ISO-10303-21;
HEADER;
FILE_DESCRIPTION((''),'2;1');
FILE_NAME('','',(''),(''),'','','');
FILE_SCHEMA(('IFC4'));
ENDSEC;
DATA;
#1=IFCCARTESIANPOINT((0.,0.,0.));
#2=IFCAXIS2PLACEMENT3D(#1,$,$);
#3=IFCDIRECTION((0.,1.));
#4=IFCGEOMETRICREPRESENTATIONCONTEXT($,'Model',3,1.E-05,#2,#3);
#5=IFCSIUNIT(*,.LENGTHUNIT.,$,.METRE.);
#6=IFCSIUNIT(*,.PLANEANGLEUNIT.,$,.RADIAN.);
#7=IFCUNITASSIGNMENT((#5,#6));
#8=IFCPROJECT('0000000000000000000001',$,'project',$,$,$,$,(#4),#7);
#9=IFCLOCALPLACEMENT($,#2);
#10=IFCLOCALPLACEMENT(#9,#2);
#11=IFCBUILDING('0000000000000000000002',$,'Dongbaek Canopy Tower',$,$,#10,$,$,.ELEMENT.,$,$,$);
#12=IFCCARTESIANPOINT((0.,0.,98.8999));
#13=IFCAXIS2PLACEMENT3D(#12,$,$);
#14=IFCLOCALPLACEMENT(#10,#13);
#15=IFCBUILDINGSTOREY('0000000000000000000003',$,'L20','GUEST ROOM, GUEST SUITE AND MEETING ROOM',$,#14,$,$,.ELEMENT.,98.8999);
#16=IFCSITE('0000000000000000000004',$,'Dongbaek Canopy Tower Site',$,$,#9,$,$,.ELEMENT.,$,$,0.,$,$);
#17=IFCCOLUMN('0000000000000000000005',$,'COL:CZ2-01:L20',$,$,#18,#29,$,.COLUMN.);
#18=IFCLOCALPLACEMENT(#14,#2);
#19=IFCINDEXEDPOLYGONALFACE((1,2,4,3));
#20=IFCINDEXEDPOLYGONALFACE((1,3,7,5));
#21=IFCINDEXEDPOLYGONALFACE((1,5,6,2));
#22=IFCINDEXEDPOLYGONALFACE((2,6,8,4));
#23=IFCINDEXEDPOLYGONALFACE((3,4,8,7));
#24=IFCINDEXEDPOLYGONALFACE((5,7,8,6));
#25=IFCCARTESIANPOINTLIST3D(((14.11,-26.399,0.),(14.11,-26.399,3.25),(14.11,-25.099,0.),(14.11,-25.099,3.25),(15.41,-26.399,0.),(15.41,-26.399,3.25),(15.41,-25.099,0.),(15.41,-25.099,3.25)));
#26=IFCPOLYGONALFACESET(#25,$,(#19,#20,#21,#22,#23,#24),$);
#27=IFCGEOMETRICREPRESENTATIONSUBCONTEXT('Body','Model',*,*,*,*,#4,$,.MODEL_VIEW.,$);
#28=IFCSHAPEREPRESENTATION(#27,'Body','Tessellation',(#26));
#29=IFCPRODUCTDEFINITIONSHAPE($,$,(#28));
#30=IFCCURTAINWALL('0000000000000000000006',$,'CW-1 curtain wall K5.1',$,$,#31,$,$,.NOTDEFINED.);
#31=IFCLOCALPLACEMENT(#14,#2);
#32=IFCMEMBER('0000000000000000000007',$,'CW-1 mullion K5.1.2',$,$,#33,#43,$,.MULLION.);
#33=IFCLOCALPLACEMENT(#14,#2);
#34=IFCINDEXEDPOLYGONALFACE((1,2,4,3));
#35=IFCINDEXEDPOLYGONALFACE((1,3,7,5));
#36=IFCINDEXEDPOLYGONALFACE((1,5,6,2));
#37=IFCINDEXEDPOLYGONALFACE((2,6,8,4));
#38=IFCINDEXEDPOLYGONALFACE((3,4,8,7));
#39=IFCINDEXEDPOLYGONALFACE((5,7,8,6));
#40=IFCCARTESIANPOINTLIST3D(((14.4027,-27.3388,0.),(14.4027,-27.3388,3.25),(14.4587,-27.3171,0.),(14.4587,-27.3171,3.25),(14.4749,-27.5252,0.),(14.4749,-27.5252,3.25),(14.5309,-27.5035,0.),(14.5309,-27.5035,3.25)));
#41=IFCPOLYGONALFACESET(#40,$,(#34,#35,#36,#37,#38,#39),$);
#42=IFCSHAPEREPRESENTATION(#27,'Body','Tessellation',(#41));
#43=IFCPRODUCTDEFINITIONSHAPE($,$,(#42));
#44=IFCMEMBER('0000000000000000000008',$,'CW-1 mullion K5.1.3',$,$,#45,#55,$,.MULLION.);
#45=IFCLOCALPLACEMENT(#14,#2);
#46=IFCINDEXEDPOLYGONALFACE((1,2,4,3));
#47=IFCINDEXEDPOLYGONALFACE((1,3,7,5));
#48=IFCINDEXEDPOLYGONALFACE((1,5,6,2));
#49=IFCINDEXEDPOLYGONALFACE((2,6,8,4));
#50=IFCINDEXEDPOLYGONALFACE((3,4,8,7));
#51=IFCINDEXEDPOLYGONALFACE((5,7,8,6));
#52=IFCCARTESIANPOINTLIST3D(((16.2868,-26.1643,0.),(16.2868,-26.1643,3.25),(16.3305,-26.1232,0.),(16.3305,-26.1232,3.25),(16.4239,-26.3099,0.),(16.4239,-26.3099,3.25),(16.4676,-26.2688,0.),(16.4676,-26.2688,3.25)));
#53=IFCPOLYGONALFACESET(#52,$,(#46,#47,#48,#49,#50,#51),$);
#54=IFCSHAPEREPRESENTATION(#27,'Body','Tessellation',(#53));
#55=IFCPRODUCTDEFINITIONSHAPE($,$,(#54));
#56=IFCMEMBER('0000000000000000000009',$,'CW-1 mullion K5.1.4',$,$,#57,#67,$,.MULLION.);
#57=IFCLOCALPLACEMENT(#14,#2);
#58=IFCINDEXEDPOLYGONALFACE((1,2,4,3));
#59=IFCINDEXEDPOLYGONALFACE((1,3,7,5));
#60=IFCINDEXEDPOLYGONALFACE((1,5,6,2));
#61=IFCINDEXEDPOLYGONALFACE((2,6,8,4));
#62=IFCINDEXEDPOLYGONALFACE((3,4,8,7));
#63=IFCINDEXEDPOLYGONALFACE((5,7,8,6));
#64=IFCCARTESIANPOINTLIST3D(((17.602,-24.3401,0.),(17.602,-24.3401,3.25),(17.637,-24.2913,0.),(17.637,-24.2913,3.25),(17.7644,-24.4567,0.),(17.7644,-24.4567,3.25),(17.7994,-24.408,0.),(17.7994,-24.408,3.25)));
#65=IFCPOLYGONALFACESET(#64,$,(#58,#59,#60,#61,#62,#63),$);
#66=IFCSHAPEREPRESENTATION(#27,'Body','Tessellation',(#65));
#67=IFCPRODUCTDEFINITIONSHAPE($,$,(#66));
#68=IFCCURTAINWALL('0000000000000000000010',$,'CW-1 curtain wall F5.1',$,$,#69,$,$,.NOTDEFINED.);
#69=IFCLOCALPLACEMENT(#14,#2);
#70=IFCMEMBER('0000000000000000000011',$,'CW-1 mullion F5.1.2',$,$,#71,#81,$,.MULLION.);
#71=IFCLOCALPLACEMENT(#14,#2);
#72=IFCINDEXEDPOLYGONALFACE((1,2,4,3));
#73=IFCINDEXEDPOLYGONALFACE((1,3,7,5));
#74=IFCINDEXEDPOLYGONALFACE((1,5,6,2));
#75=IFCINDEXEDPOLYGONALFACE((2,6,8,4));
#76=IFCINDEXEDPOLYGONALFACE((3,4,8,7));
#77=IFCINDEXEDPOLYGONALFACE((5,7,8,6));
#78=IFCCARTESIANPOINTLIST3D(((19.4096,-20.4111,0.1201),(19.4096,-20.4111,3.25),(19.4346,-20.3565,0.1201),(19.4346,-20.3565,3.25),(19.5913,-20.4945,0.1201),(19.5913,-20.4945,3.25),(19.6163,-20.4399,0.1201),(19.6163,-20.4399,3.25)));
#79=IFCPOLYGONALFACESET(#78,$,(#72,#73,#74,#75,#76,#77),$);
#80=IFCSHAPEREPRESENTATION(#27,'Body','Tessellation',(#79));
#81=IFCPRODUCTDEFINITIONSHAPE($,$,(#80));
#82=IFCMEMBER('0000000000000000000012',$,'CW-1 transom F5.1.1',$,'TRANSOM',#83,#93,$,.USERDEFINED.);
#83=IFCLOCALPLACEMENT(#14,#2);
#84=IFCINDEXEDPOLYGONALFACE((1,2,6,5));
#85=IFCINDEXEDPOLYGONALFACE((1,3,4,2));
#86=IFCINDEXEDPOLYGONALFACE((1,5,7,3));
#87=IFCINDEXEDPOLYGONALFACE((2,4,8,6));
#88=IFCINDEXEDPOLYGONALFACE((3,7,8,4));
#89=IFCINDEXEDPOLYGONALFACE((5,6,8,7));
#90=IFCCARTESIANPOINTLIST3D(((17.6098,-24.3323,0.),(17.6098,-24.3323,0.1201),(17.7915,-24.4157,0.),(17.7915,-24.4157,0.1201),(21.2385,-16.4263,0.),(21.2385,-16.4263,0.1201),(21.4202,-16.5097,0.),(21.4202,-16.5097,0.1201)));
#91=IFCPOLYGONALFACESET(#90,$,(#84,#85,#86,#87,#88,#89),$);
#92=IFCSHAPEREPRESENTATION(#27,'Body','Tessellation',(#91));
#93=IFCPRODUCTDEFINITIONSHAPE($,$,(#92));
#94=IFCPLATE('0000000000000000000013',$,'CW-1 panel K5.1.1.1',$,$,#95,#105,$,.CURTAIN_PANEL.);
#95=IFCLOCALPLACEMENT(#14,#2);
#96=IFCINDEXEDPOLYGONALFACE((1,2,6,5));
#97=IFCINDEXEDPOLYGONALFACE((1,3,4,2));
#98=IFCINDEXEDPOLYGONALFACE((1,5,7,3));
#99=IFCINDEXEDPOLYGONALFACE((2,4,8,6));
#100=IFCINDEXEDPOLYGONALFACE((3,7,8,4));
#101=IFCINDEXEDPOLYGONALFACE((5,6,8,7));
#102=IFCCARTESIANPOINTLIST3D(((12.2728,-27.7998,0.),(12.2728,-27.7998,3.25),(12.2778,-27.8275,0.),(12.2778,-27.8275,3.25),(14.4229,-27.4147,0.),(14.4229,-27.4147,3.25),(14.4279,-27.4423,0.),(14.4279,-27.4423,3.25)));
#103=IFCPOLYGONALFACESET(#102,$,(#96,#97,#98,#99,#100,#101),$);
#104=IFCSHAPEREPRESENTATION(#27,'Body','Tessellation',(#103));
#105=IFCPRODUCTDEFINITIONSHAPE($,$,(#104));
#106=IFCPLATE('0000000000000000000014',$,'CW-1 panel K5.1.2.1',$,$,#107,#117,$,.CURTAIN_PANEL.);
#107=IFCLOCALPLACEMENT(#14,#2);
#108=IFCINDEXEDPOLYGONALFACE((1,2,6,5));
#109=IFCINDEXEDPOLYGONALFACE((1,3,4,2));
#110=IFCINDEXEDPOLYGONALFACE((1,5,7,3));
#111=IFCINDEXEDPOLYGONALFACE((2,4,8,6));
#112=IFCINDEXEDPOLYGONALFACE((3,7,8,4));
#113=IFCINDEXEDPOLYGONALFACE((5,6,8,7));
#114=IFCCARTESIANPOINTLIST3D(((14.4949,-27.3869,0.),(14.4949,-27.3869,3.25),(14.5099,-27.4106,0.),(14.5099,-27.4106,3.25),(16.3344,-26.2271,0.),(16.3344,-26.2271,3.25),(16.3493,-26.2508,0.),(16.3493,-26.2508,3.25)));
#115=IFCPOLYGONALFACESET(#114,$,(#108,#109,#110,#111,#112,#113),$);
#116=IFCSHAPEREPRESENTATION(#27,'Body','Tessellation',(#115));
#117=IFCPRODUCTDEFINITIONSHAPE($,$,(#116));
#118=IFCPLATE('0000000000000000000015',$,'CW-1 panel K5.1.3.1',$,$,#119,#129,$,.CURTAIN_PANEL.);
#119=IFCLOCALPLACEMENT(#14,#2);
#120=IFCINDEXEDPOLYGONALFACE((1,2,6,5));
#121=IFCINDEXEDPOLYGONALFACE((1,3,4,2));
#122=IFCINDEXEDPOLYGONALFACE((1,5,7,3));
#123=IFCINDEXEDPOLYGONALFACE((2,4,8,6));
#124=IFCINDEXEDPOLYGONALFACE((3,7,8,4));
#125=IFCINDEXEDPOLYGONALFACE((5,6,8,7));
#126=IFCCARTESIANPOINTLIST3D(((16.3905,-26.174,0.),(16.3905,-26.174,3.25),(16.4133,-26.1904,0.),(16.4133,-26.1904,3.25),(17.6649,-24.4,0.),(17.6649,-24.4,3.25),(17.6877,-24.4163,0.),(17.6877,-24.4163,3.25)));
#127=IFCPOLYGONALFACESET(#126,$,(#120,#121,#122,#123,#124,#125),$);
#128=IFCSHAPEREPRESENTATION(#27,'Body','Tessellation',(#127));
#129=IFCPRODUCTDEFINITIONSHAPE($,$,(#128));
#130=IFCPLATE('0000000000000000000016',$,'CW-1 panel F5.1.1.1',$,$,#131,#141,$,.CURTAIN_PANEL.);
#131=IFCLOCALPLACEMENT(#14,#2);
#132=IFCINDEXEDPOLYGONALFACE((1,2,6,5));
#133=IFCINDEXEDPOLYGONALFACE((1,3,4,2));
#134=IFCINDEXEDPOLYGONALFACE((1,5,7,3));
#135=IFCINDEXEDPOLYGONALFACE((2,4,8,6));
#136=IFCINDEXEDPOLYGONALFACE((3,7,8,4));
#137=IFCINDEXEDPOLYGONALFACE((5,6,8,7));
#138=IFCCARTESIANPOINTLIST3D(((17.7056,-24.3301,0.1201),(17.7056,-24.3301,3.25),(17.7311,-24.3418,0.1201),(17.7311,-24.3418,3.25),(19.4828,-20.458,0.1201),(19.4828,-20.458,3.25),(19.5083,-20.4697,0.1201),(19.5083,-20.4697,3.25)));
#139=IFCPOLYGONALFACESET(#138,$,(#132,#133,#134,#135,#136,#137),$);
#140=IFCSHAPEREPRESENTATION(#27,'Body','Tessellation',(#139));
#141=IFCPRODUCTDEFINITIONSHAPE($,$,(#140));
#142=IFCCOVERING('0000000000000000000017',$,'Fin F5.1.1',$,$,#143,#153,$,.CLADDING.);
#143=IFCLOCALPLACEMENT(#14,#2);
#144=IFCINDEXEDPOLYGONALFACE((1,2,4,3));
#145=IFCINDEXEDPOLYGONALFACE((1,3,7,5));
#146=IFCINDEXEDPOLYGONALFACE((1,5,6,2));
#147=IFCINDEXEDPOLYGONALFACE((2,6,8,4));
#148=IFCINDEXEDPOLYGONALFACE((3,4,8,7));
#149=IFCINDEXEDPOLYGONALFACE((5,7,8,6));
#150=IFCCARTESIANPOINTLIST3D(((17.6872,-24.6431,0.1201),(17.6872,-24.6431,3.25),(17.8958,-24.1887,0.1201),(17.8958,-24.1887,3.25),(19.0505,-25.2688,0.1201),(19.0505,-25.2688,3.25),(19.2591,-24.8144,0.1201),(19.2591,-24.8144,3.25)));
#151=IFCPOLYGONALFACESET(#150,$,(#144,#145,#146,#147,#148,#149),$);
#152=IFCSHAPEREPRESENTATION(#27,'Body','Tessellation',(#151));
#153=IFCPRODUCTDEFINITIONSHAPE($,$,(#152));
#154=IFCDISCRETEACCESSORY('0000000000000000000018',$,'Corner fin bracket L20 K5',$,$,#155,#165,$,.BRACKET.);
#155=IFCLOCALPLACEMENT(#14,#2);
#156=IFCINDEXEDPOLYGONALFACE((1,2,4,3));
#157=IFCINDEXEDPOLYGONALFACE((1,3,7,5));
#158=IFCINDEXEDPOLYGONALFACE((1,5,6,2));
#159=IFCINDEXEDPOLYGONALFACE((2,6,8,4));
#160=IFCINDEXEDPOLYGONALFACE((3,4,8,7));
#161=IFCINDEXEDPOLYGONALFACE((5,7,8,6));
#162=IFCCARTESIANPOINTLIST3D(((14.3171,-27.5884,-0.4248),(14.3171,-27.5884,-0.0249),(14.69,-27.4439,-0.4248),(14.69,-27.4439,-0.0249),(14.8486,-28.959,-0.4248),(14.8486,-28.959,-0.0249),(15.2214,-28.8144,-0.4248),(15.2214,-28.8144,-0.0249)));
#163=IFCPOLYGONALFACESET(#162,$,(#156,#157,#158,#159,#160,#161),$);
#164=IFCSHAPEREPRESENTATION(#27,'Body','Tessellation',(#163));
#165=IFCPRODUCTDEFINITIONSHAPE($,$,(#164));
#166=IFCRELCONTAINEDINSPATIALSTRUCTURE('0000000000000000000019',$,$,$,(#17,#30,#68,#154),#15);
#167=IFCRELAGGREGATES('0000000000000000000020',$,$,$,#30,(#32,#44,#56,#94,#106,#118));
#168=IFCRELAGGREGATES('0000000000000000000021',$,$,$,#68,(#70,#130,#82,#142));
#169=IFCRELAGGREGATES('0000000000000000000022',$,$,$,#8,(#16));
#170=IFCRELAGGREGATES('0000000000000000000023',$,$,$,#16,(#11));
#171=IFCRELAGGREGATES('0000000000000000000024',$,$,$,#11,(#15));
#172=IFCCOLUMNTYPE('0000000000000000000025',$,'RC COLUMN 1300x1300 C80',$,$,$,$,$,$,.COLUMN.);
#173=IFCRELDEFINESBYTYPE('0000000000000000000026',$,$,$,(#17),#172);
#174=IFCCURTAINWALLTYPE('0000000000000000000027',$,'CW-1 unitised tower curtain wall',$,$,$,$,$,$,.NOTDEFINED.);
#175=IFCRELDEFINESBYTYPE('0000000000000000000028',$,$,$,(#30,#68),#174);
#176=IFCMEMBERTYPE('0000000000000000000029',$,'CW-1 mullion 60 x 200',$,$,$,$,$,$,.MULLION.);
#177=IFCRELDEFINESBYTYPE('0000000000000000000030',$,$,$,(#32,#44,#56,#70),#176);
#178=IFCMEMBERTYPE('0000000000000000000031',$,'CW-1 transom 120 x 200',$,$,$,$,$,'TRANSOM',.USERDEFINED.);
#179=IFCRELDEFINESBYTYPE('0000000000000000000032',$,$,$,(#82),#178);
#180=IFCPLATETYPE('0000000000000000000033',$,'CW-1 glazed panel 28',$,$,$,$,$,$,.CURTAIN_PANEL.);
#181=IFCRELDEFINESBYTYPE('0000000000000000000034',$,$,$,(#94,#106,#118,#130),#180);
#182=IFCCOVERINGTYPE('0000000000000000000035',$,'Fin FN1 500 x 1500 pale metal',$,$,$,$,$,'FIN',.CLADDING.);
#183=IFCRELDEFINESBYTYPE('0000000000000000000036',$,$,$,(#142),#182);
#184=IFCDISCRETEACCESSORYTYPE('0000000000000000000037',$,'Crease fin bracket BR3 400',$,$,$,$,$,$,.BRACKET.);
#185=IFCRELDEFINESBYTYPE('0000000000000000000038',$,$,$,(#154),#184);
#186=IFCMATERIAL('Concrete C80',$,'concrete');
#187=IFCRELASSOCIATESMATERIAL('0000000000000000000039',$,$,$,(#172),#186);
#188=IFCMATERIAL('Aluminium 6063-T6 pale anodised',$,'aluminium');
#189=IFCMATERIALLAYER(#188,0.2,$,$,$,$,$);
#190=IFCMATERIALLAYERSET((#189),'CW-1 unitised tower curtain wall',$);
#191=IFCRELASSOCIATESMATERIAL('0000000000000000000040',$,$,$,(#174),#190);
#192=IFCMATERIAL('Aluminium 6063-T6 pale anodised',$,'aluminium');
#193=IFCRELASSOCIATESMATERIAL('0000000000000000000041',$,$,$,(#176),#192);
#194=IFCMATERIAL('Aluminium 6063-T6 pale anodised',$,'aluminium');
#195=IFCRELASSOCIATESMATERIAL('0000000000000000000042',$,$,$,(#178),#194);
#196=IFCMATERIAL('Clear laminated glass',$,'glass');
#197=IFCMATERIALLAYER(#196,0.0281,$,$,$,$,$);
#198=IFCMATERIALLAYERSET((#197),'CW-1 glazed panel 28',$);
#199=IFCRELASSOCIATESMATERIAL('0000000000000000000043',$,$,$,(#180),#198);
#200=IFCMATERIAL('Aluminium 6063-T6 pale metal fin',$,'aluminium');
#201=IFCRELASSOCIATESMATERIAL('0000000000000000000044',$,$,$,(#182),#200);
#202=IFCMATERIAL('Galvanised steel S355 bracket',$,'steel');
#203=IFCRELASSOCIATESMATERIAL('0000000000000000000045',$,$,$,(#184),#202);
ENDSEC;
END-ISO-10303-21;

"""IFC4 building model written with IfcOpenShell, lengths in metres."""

from ifc_helpers import new_model, si_unit, direction, frame, origin, origin_2d, place, context, subcontext, project, spatial, rectangle, extrude, material, layer, layer_set, material_profile, profile_set, type_object, element, aggregate, save


model = new_model("IFC4")

# Units and contexts
model_context = context("Model", 3, precision=1e-05, world=origin(), true_north=direction((0.0, 1.0)))
body_context = subcontext(model_context, "Body", "Model", "MODEL_VIEW")
ifc_project = project(units=[si_unit("LENGTHUNIT", "METRE"), si_unit("PLANEANGLEUNIT", "RADIAN")], contexts=[model_context])

# Site, building, storey
site_placement = place(None, origin())
site = spatial("IfcSite", under=ifc_project, at=site_placement, Name="Dongbaek Canopy Tower Site", CompositionType="ELEMENT", RefElevation=0.0)
building_placement = place(site_placement, origin())
building = spatial("IfcBuilding", under=site, at=building_placement, Name="Dongbaek Canopy Tower", CompositionType="ELEMENT")
storey_placement = place(building_placement, frame((0.0, 0.0, 98.8999)))
storey = spatial("IfcBuildingStorey", under=building, at=storey_placement, Name="L20", Description="GUEST ROOM, GUEST SUITE AND MEETING ROOM", CompositionType="ELEMENT", Elevation=98.8999)

# Column
ifc_material_1 = material(Name="Concrete C80", Category="concrete")
ifc_material_profile_1 = material_profile(ifc_material_1, rectangle(XDim=1.3, YDim=1.3, at=origin_2d()), Name="RC COLUMN 1300x1300 C80")
ifc_profile_set_1 = profile_set([ifc_material_profile_1], Name="Concrete C80")
column_type = type_object("IfcColumnType", Name="RC COLUMN 1300x1300 C80", PredefinedType="COLUMN", material=ifc_profile_set_1)
column_placement = place(storey_placement, frame((14.76, -25.749, 0.0), z_axis=(0.0, 0.0, 1.0), x_axis=(1.0, 0.0, 0.0)))
element("IfcColumn", 1, at=column_placement, inside=storey, type_object=column_type, Name="COL:CZ2-01:L20", PredefinedType="COLUMN", context=body_context, shape_type="SweptSolid", body=[
    extrude(rectangle(XDim=1.3, YDim=1.3, at=origin_2d()), origin(), (0.0, 0.0, 1.0), 3.25),
])

# Curtain walls, members
ifc_material_2 = material(Name="Aluminium 6063-T6 pale anodised", Category="aluminium")
ifc_layer_1 = layer(ifc_material_2, 0.2)
ifc_layer_set_1 = layer_set([ifc_layer_1], Name="CW-1 unitised tower curtain wall")
curtain_wall_type = type_object("IfcCurtainWallType", Name="CW-1 unitised tower curtain wall", PredefinedType="NOTDEFINED", material=ifc_layer_set_1)
curtain_wall_1_placement = place(storey_placement, origin())
curtain_wall_1 = element("IfcCurtainWall", 2, at=curtain_wall_1_placement, inside=storey, type_object=curtain_wall_type, Name="CW-1 curtain wall K5.1", PredefinedType="NOTDEFINED")
ifc_material_3 = material(Name="Aluminium 6063-T6 pale anodised", Category="aluminium")
ifc_material_profile_2 = material_profile(ifc_material_3, rectangle(XDim=0.2, YDim=0.0601, at=origin_2d()), Name="CW-1 mullion 60 x 200")
ifc_profile_set_2 = profile_set([ifc_material_profile_2], Name="Aluminium 6063-T6 pale anodised")
member_type_1 = type_object("IfcMemberType", Name="CW-1 mullion 60 x 200", PredefinedType="MULLION", material=ifc_profile_set_2)
member_1_placement = place(storey_placement, frame((14.4668, -27.4211, 0.0), z_axis=(0.0, 0.0, 1.0), x_axis=(0.361519, -0.932365, 0.0)))
member_1 = element("IfcMember", 3, at=member_1_placement, type_object=member_type_1, Name="CW-1 mullion K5.1.2", PredefinedType="MULLION", context=body_context, shape_type="SweptSolid", body=[
    extrude(rectangle(XDim=0.2, YDim=0.0601, at=origin_2d()), origin(), (0.0, 0.0, 1.0), 3.25),
])
member_2_placement = place(storey_placement, frame((16.3772, -26.2166, 0.0), z_axis=(0.0, 0.0, 1.0), x_axis=(0.685439, -0.72813, 0.0)))
member_2 = element("IfcMember", 4, at=member_2_placement, type_object=member_type_1, Name="CW-1 mullion K5.1.3", PredefinedType="MULLION", context=body_context, shape_type="SweptSolid", body=[
    extrude(rectangle(XDim=0.2, YDim=0.0601, at=origin_2d()), origin(), (0.0, 0.0, 1.0), 3.25),
])
member_3_placement = place(storey_placement, frame((17.7007, -24.374, 0.0), z_axis=(0.0, 0.0, 1.0), x_axis=(0.812169, -0.583422, 0.0)))
member_3 = element("IfcMember", 5, at=member_3_placement, type_object=member_type_1, Name="CW-1 mullion K5.1.4", PredefinedType="MULLION", context=body_context, shape_type="SweptSolid", body=[
    extrude(rectangle(XDim=0.2, YDim=0.0601, at=origin_2d()), origin(), (0.0, 0.0, 1.0), 3.25),
])
curtain_wall_2_placement = place(storey_placement, origin())
curtain_wall_2 = element("IfcCurtainWall", 6, at=curtain_wall_2_placement, inside=storey, type_object=curtain_wall_type, Name="CW-1 curtain wall F5.1", PredefinedType="NOTDEFINED")
member_4_placement = place(storey_placement, frame((19.5129, -20.4255, 0.1201), z_axis=(0.0, 0.0, 1.0), x_axis=(0.908849, -0.417126, 0.0)))
member_4 = element("IfcMember", 7, at=member_4_placement, type_object=member_type_1, Name="CW-1 mullion F5.1.2", PredefinedType="MULLION", context=body_context, shape_type="SweptSolid", body=[
    extrude(rectangle(XDim=0.2, YDim=0.0601, at=origin_2d()), origin(), (0.0, 0.0, 1.0), 3.1299),
])
ifc_material_4 = material(Name="Aluminium 6063-T6 pale anodised", Category="aluminium")
ifc_material_profile_3 = material_profile(ifc_material_4, rectangle(XDim=0.2, YDim=0.1201, at=origin_2d()), Name="CW-1 transom 120 x 200")
ifc_profile_set_3 = profile_set([ifc_material_profile_3], Name="Aluminium 6063-T6 pale anodised")
member_type_2 = type_object("IfcMemberType", Name="CW-1 transom 120 x 200", ElementType="TRANSOM", PredefinedType="USERDEFINED", material=ifc_profile_set_3)
member_5_placement = place(storey_placement, frame((17.7007, -24.374, 0.0601), z_axis=(0.417137, 0.908844, 0.0), x_axis=(-0.908844, 0.417137, 0.0)))
member_5 = element("IfcMember", 8, at=member_5_placement, type_object=member_type_2, Name="CW-1 transom F5.1.1", ObjectType="TRANSOM", PredefinedType="USERDEFINED", context=body_context, shape_type="SweptSolid", body=[
    extrude(rectangle(XDim=0.2, YDim=0.1201, at=origin_2d()), origin(), (0.0, 0.0, 1.0), 8.699),
])

# Plates
ifc_material_5 = material(Name="Clear laminated glass", Category="glass")
ifc_layer_2 = layer(ifc_material_5, 0.0281)
ifc_layer_set_2 = layer_set([ifc_layer_2], Name="CW-1 glazed panel 28")
plate_type = type_object("IfcPlateType", Name="CW-1 glazed panel 28", PredefinedType="CURTAIN_PANEL", material=ifc_layer_set_2)
plate_1_placement = place(storey_placement, frame((13.3503, -27.6211, 0.0), z_axis=(0.0, 0.0, 1.0), x_axis=(0.984334, 0.176315, 0.0)))
plate_1 = element("IfcPlate", 9, at=plate_1_placement, type_object=plate_type, Name="CW-1 panel K5.1.1.1", PredefinedType="CURTAIN_PANEL", context=body_context, shape_type="SweptSolid", body=[
    extrude(rectangle(XDim=2.1843, YDim=0.0281, at=origin_2d()), origin(), (0.0, 0.0, 1.0), 3.25),
])
plate_2_placement = place(storey_placement, frame((15.4221, -26.8188, 0.0), z_axis=(0.0, 0.0, 1.0), x_axis=(0.845897, 0.533346, 0.0)))
plate_2 = element("IfcPlate", 10, at=plate_2_placement, type_object=plate_type, Name="CW-1 panel K5.1.2.1", PredefinedType="CURTAIN_PANEL", context=body_context, shape_type="SweptSolid", body=[
    extrude(rectangle(XDim=2.1746, YDim=0.0281, at=origin_2d()), origin(), (0.0, 0.0, 1.0), 3.25),
])
plate_3_placement = place(storey_placement, frame((17.0391, -25.2952, 0.0), z_axis=(0.0, 0.0, 1.0), x_axis=(0.583422, 0.812169, 0.0)))
plate_3 = element("IfcPlate", 11, at=plate_3_placement, type_object=plate_type, Name="CW-1 panel K5.1.3.1", PredefinedType="CURTAIN_PANEL", context=body_context, shape_type="SweptSolid", body=[
    extrude(rectangle(XDim=2.1843, YDim=0.0281, at=origin_2d()), origin(), (0.0, 0.0, 1.0), 3.25),
])
aggregate(curtain_wall_1, [member_1, member_2, member_3, plate_1, plate_2, plate_3])
plate_4_placement = place(storey_placement, frame((18.6069, -22.3999, 0.1201), z_axis=(0.0, 0.0, 1.0), x_axis=(0.417126, 0.908849, 0.0)))
plate_4 = element("IfcPlate", 12, at=plate_4_placement, type_object=plate_type, Name="CW-1 panel F5.1.1.1", PredefinedType="CURTAIN_PANEL", context=body_context, shape_type="SweptSolid", body=[
    extrude(rectangle(XDim=4.2605, YDim=0.0281, at=origin_2d()), origin(), (0.0, 0.0, 1.0), 3.1299),
])

# Covering
ifc_material_6 = material(Name="Aluminium 6063-T6 pale metal fin", Category="aluminium")
ifc_material_profile_4 = material_profile(ifc_material_6, rectangle(XDim=1.5, YDim=0.5, at=origin_2d()), Name="Fin FN1 500 x 1500 pale metal")
ifc_profile_set_4 = profile_set([ifc_material_profile_4], Name="Aluminium 6063-T6 pale metal fin")
covering_type = type_object("IfcCoveringType", Name="Fin FN1 500 x 1500 pale metal", ElementType="FIN", PredefinedType="CLADDING", material=ifc_profile_set_4)
covering_placement = place(storey_placement, frame((18.4731, -24.7288, 0.1201), z_axis=(0.0, 0.0, 1.0), x_axis=(0.908849, -0.417126, 0.0)))
covering = element("IfcCovering", 13, at=covering_placement, type_object=covering_type, Name="Fin F5.1.1", PredefinedType="CLADDING", context=body_context, shape_type="SweptSolid", body=[
    extrude(rectangle(XDim=1.5, YDim=0.5, at=origin_2d()), origin(), (0.0, 0.0, 1.0), 3.1299),
])
aggregate(curtain_wall_2, [member_4, plate_4, member_5, covering])

# Discrete accessory
ifc_material_7 = material(Name="Galvanised steel S355 bracket", Category="steel")
discrete_accessory_type = type_object("IfcDiscreteAccessoryType", Name="Crease fin bracket BR3 400", PredefinedType="BRACKET", material=ifc_material_7)
discrete_accessory_placement = place(storey_placement, frame((14.7693, -28.2014, -0.4248), z_axis=(0.0, 0.0, 1.0), x_axis=(0.361519, -0.932365, 0.0)))
element("IfcDiscreteAccessory", 14, at=discrete_accessory_placement, inside=storey, type_object=discrete_accessory_type, Name="Corner fin bracket L20 K5", PredefinedType="BRACKET", context=body_context, shape_type="SweptSolid", body=[
    extrude(rectangle(XDim=1.47, YDim=0.3999, at=origin_2d()), origin(), (0.0, 0.0, 1.0), 0.3999),
])

save(model, "model.ifc")
